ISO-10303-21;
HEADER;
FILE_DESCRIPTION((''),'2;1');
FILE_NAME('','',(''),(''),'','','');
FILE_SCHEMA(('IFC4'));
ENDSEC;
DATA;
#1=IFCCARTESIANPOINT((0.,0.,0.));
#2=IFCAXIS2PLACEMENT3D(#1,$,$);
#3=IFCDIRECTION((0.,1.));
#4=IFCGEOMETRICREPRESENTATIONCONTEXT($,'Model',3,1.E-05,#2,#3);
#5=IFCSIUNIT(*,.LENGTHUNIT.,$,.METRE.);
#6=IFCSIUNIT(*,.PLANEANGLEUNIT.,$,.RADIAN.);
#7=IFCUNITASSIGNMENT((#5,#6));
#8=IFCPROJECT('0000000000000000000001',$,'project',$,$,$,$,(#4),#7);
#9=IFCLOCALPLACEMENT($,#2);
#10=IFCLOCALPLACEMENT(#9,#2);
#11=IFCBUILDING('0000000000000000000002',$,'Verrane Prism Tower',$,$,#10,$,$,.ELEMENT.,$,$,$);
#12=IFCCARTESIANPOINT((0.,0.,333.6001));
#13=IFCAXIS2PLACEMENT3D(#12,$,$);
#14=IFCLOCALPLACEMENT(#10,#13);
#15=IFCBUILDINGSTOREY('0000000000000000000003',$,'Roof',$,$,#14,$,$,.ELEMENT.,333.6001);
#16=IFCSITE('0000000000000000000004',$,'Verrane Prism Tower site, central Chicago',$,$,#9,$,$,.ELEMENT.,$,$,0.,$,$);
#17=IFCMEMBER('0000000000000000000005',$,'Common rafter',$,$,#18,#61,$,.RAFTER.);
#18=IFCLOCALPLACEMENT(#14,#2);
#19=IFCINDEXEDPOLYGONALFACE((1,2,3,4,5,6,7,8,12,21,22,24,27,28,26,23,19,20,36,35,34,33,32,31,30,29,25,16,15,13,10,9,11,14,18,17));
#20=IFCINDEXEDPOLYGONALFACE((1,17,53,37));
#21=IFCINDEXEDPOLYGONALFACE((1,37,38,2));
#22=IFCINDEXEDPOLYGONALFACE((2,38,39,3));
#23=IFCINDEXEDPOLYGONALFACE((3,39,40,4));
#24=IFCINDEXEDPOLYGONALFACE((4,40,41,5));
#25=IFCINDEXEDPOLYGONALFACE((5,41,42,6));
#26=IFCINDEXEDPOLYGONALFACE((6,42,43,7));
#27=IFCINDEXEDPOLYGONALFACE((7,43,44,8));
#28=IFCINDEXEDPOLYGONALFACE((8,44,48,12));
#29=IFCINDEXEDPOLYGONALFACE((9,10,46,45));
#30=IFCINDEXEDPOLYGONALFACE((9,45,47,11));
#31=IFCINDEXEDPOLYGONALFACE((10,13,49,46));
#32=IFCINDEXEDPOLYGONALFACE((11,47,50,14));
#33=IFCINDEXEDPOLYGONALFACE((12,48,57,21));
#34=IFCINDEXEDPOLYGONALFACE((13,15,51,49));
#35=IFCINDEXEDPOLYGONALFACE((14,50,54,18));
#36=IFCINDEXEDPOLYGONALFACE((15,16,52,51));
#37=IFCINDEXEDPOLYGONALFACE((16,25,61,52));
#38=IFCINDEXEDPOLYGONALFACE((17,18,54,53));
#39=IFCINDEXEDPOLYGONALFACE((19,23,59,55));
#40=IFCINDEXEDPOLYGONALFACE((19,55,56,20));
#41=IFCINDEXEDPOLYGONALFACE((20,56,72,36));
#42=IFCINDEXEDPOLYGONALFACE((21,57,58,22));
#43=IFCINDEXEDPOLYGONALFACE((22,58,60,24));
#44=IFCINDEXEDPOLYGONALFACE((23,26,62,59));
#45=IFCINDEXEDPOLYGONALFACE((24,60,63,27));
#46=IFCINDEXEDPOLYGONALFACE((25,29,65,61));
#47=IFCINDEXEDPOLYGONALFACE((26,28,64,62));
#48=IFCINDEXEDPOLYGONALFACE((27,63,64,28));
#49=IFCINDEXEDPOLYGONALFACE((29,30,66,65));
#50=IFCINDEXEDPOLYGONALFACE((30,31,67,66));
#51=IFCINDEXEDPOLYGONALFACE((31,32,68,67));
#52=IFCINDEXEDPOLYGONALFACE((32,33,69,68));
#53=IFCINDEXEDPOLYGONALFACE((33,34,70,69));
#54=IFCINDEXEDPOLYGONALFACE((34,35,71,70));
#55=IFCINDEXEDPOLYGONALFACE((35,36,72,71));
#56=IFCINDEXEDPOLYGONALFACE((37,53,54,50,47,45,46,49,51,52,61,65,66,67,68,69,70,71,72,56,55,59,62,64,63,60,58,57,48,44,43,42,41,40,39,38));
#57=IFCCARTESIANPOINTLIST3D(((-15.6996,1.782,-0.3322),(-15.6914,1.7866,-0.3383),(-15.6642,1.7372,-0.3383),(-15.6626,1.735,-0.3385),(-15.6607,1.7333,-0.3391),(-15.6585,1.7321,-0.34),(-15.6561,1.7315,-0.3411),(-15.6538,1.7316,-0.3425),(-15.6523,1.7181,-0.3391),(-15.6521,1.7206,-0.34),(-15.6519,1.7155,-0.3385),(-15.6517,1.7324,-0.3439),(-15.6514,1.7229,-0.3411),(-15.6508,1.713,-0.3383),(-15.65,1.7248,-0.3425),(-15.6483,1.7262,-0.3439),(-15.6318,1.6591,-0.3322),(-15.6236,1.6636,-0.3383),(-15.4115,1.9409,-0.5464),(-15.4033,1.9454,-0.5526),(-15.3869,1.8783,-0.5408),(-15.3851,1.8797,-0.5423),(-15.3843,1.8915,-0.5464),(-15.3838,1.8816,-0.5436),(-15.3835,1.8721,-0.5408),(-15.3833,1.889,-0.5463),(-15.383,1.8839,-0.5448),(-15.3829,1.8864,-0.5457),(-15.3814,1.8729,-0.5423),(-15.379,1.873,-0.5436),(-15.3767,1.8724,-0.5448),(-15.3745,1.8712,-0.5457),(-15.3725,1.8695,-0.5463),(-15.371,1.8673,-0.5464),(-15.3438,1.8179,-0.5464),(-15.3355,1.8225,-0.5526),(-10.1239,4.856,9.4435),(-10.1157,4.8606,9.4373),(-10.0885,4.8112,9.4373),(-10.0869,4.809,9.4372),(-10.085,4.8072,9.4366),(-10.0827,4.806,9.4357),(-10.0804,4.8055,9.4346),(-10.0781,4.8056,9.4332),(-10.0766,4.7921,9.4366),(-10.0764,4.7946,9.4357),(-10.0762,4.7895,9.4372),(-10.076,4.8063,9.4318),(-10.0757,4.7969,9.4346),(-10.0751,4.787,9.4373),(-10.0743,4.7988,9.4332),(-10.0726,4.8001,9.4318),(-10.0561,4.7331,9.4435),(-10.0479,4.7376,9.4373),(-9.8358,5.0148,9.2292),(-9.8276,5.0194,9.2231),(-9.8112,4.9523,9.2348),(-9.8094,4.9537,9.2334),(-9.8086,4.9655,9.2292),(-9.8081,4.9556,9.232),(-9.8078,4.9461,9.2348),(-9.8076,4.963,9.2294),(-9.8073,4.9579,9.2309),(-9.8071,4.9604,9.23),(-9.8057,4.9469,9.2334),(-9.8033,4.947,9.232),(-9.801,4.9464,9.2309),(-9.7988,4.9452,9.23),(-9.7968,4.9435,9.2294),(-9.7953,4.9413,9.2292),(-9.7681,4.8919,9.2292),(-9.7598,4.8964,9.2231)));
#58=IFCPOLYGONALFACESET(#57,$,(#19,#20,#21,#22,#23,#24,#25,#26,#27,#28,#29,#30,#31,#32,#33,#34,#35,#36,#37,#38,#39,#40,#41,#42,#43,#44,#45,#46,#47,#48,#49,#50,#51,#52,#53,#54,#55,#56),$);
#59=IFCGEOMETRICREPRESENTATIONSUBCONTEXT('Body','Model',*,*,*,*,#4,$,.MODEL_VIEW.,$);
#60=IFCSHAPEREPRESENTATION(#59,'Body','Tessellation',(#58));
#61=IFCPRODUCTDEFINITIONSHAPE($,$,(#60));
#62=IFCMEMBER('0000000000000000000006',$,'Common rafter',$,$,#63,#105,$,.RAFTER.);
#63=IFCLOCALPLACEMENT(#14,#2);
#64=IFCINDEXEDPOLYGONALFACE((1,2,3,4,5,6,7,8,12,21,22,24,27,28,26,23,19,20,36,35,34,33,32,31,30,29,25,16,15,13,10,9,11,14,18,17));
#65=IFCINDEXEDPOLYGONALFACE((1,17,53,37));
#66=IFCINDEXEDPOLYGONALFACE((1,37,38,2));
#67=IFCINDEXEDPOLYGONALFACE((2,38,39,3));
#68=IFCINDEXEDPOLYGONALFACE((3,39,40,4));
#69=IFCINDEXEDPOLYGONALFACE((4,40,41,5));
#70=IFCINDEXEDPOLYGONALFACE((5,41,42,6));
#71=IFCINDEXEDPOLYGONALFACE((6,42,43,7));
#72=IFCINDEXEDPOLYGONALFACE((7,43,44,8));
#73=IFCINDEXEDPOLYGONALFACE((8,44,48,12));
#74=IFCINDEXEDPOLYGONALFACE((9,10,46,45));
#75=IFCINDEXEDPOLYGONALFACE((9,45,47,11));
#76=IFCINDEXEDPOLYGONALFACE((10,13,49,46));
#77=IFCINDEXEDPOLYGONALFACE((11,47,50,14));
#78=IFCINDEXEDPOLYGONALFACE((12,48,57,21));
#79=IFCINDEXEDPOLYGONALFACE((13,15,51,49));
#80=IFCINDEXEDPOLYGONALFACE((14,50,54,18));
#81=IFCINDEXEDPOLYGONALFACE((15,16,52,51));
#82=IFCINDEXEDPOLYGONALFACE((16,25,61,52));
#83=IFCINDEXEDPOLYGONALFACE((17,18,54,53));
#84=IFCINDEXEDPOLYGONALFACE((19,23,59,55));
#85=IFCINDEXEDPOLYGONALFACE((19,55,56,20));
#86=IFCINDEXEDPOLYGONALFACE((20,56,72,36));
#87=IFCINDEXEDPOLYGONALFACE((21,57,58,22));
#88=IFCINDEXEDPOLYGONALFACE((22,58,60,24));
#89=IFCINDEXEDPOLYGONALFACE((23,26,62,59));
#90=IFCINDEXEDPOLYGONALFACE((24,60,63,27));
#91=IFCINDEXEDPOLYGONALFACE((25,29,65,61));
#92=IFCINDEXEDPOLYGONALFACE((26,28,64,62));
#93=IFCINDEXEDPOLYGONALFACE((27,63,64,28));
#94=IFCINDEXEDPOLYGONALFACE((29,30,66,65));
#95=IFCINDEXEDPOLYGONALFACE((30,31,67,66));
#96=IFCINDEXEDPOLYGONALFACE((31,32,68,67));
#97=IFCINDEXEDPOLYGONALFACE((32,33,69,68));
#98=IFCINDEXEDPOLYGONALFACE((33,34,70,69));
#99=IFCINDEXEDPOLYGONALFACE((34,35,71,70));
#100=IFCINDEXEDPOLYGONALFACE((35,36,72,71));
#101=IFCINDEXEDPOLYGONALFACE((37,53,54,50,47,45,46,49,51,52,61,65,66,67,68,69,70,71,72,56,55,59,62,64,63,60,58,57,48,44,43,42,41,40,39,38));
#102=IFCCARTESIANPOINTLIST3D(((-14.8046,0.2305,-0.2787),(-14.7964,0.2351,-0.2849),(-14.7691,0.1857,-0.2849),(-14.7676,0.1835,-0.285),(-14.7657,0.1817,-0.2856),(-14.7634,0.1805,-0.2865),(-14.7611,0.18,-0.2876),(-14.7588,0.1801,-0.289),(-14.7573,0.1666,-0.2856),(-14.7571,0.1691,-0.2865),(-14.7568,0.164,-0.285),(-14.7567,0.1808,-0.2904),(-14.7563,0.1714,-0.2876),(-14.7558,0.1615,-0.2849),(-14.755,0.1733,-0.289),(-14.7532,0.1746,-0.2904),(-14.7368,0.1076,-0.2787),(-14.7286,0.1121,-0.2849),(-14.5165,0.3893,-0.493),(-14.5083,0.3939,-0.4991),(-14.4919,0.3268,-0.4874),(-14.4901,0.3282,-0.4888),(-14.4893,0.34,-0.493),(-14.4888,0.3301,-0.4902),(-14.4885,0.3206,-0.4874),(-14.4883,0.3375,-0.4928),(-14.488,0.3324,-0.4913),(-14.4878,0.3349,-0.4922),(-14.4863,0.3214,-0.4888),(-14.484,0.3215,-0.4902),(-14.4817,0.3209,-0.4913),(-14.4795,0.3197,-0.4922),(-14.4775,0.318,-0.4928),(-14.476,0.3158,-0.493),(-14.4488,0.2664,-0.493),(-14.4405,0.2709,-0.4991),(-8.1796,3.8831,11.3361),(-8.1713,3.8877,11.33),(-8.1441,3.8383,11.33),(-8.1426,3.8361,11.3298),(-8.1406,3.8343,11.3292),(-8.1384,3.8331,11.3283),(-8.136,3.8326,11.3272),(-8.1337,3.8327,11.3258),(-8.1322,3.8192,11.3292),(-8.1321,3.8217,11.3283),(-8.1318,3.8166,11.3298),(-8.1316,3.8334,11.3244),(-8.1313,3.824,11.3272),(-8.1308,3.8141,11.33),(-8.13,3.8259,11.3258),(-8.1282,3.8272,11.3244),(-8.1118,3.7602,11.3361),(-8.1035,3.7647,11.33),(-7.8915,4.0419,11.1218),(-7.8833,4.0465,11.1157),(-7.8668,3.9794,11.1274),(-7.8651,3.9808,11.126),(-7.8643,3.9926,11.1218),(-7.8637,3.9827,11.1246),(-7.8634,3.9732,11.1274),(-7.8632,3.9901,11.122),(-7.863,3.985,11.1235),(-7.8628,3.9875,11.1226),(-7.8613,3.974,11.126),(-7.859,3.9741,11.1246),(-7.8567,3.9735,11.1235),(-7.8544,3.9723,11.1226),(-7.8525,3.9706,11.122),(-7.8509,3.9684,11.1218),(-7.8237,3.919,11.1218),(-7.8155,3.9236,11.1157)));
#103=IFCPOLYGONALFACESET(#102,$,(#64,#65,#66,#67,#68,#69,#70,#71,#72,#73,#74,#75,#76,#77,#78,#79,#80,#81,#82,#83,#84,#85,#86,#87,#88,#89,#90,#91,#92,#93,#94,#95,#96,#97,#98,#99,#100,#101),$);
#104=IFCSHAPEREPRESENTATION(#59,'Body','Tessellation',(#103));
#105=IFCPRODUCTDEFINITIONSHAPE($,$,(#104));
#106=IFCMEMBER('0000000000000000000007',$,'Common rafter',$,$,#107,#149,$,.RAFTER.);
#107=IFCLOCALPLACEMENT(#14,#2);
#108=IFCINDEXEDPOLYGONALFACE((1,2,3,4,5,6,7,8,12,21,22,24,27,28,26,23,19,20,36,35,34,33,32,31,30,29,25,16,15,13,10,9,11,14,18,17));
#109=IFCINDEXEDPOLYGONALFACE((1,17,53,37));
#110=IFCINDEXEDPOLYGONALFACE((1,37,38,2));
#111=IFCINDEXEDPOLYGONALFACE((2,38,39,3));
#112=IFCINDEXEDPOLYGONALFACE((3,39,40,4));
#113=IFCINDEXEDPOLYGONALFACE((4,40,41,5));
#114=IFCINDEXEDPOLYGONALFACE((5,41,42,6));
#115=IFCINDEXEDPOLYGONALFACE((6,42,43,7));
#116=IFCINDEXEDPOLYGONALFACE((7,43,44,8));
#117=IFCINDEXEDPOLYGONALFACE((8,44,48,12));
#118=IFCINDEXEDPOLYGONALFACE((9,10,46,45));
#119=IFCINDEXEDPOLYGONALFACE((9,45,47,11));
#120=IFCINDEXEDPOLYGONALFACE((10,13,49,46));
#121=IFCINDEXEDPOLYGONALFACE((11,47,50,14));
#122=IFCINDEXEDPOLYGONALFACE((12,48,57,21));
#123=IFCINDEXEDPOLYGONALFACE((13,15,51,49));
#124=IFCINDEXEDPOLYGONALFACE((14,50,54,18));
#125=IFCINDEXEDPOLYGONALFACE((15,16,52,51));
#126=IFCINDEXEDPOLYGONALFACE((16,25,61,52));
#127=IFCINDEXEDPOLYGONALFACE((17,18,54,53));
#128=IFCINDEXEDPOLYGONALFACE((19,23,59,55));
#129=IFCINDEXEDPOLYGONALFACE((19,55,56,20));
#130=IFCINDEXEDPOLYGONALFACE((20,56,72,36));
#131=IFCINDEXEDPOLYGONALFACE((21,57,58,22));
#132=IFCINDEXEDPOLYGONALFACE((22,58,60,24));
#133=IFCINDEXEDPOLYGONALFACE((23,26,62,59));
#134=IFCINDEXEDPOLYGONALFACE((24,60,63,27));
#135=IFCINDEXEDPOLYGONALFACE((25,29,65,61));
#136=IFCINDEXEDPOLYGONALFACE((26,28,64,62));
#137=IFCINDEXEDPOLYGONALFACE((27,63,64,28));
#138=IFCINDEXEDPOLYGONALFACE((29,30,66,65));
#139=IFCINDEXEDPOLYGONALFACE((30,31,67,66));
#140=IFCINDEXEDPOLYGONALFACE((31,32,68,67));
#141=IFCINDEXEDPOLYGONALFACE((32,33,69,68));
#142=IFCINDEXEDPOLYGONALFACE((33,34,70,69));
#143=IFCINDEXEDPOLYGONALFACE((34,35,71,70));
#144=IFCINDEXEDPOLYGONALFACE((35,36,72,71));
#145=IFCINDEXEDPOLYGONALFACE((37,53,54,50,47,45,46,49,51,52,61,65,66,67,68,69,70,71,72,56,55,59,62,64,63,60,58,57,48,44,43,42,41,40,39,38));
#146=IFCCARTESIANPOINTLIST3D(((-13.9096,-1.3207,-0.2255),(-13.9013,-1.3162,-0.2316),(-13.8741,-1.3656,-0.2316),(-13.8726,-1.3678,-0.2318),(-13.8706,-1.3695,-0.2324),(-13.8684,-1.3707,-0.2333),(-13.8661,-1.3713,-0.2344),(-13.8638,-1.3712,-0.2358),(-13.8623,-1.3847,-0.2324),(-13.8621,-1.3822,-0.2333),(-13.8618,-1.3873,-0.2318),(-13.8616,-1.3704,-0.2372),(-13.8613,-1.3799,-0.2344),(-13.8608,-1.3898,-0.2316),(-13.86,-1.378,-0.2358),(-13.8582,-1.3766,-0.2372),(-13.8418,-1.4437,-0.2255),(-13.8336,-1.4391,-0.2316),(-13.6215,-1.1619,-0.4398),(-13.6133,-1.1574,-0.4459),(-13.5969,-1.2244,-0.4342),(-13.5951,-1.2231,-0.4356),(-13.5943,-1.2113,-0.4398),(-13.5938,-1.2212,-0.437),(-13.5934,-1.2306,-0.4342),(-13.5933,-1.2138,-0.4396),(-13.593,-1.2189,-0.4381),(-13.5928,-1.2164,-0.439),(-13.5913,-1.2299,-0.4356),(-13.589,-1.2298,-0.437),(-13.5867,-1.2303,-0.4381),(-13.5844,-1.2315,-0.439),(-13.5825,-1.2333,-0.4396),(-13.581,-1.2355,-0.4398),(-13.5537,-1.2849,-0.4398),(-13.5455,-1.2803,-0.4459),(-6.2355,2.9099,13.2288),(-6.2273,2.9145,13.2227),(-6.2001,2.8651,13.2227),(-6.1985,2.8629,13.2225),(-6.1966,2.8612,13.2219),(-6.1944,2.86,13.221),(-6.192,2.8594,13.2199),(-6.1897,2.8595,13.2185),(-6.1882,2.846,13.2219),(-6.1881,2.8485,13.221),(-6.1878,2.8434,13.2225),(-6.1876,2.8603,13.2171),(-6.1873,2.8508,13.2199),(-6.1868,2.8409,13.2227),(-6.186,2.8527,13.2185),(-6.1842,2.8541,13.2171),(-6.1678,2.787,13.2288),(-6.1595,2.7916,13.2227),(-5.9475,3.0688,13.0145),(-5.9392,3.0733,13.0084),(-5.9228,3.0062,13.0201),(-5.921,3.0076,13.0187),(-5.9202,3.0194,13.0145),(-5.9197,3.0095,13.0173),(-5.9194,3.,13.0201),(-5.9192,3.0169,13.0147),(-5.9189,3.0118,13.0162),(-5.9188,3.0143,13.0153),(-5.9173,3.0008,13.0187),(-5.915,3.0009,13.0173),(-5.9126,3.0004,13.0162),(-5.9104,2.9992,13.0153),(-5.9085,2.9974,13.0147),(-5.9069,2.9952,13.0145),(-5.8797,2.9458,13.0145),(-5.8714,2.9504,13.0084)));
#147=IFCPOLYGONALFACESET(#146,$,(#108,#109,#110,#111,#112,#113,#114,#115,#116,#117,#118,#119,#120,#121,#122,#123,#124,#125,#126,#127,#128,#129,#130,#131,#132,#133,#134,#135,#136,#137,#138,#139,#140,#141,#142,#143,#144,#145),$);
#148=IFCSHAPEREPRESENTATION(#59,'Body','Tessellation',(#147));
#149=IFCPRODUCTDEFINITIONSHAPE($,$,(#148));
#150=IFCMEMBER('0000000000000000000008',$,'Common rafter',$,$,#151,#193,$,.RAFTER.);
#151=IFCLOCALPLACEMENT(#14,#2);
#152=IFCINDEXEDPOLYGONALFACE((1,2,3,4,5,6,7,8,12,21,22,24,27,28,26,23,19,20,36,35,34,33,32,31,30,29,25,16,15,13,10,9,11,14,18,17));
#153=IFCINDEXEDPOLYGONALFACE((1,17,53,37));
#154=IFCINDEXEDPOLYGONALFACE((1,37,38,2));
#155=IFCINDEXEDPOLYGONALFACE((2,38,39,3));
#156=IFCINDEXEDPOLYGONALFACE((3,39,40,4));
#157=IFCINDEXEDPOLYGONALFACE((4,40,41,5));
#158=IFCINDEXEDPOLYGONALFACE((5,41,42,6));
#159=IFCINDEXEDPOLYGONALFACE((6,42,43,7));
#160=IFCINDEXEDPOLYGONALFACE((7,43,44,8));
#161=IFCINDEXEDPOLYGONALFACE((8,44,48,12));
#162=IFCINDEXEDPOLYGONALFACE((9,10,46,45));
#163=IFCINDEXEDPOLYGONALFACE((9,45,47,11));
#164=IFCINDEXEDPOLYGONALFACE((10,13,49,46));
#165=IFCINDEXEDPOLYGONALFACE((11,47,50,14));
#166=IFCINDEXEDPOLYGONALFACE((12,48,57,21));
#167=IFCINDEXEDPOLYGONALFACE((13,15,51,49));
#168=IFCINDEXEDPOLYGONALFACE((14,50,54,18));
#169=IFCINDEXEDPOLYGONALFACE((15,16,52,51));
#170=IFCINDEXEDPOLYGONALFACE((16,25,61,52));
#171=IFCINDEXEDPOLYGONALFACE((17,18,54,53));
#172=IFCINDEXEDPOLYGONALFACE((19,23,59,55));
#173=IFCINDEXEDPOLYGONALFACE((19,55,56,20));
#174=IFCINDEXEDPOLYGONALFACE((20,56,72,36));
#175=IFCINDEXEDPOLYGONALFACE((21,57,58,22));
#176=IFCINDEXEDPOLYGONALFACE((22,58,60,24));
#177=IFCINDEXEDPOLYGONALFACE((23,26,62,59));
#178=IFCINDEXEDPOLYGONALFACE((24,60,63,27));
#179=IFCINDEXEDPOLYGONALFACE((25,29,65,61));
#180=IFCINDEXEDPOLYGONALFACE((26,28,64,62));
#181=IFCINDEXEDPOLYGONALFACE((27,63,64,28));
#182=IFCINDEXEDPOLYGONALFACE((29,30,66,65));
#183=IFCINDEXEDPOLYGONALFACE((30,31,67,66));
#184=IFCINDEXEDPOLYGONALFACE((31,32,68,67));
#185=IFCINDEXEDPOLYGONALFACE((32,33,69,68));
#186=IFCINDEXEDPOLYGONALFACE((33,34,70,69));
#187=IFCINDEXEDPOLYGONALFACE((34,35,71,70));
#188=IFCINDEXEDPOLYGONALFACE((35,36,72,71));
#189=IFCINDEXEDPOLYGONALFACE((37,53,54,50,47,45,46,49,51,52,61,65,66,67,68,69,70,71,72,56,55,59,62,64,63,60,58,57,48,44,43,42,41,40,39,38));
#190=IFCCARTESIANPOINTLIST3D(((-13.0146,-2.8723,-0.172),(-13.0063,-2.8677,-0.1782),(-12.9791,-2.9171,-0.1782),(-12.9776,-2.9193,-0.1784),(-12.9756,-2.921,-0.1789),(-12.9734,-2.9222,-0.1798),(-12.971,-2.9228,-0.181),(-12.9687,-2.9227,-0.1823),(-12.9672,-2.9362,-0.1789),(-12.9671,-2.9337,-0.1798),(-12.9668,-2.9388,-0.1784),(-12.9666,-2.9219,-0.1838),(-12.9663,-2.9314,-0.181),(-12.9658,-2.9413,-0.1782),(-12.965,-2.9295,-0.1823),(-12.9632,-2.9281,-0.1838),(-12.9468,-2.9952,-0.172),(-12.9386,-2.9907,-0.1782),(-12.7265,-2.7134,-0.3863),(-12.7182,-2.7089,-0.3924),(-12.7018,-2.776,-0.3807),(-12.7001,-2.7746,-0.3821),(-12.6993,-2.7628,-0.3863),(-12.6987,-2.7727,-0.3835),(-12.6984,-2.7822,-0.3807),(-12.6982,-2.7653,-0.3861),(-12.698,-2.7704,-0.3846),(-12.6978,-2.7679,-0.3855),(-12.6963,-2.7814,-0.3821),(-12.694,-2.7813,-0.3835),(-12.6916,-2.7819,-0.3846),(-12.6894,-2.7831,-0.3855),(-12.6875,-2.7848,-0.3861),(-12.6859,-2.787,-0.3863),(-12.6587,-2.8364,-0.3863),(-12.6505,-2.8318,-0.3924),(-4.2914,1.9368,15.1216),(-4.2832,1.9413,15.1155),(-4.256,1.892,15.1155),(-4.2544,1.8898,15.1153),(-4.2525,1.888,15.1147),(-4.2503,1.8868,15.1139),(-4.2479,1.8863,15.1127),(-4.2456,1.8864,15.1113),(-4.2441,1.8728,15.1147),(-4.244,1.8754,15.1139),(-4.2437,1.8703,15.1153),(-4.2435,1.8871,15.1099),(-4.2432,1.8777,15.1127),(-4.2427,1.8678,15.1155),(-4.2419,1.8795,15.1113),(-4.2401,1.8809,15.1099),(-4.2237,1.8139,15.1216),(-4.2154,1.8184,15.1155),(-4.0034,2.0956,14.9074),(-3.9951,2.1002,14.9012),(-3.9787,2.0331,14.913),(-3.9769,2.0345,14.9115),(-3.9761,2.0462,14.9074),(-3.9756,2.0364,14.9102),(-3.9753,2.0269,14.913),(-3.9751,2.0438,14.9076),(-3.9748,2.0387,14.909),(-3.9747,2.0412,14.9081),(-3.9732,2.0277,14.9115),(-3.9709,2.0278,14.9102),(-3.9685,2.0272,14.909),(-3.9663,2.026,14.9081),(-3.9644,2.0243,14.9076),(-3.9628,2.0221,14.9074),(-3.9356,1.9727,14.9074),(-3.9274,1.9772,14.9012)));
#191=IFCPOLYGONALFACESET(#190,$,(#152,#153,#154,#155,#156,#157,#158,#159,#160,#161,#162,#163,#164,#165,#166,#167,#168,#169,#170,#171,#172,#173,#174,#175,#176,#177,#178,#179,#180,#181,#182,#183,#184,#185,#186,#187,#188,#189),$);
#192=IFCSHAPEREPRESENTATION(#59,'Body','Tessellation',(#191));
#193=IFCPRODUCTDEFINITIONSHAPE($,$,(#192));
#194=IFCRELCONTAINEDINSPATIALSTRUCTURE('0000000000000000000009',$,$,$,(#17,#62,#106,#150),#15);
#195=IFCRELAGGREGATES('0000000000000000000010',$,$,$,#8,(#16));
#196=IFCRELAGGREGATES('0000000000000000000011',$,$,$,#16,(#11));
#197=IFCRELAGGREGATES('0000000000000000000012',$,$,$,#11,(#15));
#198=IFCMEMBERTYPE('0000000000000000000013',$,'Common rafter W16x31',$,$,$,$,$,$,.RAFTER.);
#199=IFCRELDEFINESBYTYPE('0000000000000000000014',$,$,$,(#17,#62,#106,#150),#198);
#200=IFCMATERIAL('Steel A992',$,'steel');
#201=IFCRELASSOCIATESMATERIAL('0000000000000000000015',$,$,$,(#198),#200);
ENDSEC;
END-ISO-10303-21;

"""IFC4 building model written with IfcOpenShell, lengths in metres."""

from ifc_helpers import new_model, si_unit, direction, frame, origin, origin_2d, place, context, subcontext, project, spatial, i_section, extrude, material, material_profile, profile_set, type_object, element, save


model = new_model("IFC4")

# Units and contexts
model_context = context("Model", 3, precision=1e-05, world=origin(), true_north=direction((0.0, 1.0)))
body_context = subcontext(model_context, "Body", "Model", "MODEL_VIEW")
ifc_project = project(units=[si_unit("LENGTHUNIT", "METRE"), si_unit("PLANEANGLEUNIT", "RADIAN")], contexts=[model_context])

# Site, building, storey
site_placement = place(None, origin())
site = spatial("IfcSite", under=ifc_project, at=site_placement, Name="Verrane Prism Tower site, central Chicago", CompositionType="ELEMENT", RefElevation=0.0)
building_placement = place(site_placement, origin())
building = spatial("IfcBuilding", under=site, at=building_placement, Name="Verrane Prism Tower", CompositionType="ELEMENT")
storey_placement = place(building_placement, frame((0.0, 0.0, 333.6001)))
storey = spatial("IfcBuildingStorey", under=building, at=storey_placement, Name="Roof", CompositionType="ELEMENT", Elevation=333.6001)

# Members
ifc_material_1 = material(Name="Steel A992", Category="steel")
ifc_material_profile_1 = material_profile(ifc_material_1, i_section(OverallWidth=0.1404, OverallDepth=0.4038, WebThickness=0.0071, FlangeThickness=0.0112, FilletRadius=0.0103, at=origin_2d()), Name="W16x31")
ifc_profile_set_1 = profile_set([ifc_material_profile_1], Name="Steel A992")
member_type_1 = type_object("IfcMemberType", Name="Common rafter W16x31", PredefinedType="RAFTER", material=ifc_profile_set_1)
member_1_placement = place(storey_placement, frame((-15.5176, 1.8022, -0.4424), z_axis=(0.477934, 0.263494, 0.837944), x_axis=(-0.482805, 0.875728, 0.0)))
element("IfcMember", 1, at=member_1_placement, inside=storey, type_object=member_type_1, Name="Common rafter", PredefinedType="RAFTER", context=body_context, shape_type="SweptSolid", body=[
    extrude(i_section(OverallWidth=0.1404, OverallDepth=0.4038, WebThickness=0.0071, FlangeThickness=0.0112, FilletRadius=0.0103, at=origin_2d()), origin(), (0.0, 0.0, 1.0), 11.6663),
])
member_2_placement = place(storey_placement, frame((-14.6226, 0.2507, -0.3889), z_axis=(0.477951, 0.263511, 0.837929), x_axis=(-0.482815, 0.875722, 0.0)))
element("IfcMember", 2, at=member_2_placement, inside=storey, type_object=member_type_1, Name="Common rafter", PredefinedType="RAFTER", context=body_context, shape_type="SweptSolid", body=[
    extrude(i_section(OverallWidth=0.1404, OverallDepth=0.4038, WebThickness=0.0071, FlangeThickness=0.0112, FilletRadius=0.0103, at=origin_2d()), origin(), (0.0, 0.0, 1.0), 13.8613),
])
member_3_placement = place(storey_placement, frame((-13.7275, -1.3005, -0.3357), z_axis=(0.477943, 0.26349, 0.83794), x_axis=(-0.482792, 0.875735, 0.0)))
element("IfcMember", 3, at=member_3_placement, inside=storey, type_object=member_type_1, Name="Common rafter", PredefinedType="RAFTER", context=body_context, shape_type="SweptSolid", body=[
    extrude(i_section(OverallWidth=0.1404, OverallDepth=0.4038, WebThickness=0.0071, FlangeThickness=0.0112, FilletRadius=0.0103, at=origin_2d()), origin(), (0.0, 0.0, 1.0), 16.0564),
])
member_4_placement = place(storey_placement, frame((-12.8325, -2.8521, -0.2822), z_axis=(0.477941, 0.263489, 0.837941), x_axis=(-0.482794, 0.875734, 0.0)))
element("IfcMember", 4, at=member_4_placement, inside=storey, type_object=member_type_1, Name="Common rafter", PredefinedType="RAFTER", context=body_context, shape_type="SweptSolid", body=[
    extrude(i_section(OverallWidth=0.1404, OverallDepth=0.4038, WebThickness=0.0071, FlangeThickness=0.0112, FilletRadius=0.0103, at=origin_2d()), origin(), (0.0, 0.0, 1.0), 18.2515),
])

save(model, "model.ifc")
